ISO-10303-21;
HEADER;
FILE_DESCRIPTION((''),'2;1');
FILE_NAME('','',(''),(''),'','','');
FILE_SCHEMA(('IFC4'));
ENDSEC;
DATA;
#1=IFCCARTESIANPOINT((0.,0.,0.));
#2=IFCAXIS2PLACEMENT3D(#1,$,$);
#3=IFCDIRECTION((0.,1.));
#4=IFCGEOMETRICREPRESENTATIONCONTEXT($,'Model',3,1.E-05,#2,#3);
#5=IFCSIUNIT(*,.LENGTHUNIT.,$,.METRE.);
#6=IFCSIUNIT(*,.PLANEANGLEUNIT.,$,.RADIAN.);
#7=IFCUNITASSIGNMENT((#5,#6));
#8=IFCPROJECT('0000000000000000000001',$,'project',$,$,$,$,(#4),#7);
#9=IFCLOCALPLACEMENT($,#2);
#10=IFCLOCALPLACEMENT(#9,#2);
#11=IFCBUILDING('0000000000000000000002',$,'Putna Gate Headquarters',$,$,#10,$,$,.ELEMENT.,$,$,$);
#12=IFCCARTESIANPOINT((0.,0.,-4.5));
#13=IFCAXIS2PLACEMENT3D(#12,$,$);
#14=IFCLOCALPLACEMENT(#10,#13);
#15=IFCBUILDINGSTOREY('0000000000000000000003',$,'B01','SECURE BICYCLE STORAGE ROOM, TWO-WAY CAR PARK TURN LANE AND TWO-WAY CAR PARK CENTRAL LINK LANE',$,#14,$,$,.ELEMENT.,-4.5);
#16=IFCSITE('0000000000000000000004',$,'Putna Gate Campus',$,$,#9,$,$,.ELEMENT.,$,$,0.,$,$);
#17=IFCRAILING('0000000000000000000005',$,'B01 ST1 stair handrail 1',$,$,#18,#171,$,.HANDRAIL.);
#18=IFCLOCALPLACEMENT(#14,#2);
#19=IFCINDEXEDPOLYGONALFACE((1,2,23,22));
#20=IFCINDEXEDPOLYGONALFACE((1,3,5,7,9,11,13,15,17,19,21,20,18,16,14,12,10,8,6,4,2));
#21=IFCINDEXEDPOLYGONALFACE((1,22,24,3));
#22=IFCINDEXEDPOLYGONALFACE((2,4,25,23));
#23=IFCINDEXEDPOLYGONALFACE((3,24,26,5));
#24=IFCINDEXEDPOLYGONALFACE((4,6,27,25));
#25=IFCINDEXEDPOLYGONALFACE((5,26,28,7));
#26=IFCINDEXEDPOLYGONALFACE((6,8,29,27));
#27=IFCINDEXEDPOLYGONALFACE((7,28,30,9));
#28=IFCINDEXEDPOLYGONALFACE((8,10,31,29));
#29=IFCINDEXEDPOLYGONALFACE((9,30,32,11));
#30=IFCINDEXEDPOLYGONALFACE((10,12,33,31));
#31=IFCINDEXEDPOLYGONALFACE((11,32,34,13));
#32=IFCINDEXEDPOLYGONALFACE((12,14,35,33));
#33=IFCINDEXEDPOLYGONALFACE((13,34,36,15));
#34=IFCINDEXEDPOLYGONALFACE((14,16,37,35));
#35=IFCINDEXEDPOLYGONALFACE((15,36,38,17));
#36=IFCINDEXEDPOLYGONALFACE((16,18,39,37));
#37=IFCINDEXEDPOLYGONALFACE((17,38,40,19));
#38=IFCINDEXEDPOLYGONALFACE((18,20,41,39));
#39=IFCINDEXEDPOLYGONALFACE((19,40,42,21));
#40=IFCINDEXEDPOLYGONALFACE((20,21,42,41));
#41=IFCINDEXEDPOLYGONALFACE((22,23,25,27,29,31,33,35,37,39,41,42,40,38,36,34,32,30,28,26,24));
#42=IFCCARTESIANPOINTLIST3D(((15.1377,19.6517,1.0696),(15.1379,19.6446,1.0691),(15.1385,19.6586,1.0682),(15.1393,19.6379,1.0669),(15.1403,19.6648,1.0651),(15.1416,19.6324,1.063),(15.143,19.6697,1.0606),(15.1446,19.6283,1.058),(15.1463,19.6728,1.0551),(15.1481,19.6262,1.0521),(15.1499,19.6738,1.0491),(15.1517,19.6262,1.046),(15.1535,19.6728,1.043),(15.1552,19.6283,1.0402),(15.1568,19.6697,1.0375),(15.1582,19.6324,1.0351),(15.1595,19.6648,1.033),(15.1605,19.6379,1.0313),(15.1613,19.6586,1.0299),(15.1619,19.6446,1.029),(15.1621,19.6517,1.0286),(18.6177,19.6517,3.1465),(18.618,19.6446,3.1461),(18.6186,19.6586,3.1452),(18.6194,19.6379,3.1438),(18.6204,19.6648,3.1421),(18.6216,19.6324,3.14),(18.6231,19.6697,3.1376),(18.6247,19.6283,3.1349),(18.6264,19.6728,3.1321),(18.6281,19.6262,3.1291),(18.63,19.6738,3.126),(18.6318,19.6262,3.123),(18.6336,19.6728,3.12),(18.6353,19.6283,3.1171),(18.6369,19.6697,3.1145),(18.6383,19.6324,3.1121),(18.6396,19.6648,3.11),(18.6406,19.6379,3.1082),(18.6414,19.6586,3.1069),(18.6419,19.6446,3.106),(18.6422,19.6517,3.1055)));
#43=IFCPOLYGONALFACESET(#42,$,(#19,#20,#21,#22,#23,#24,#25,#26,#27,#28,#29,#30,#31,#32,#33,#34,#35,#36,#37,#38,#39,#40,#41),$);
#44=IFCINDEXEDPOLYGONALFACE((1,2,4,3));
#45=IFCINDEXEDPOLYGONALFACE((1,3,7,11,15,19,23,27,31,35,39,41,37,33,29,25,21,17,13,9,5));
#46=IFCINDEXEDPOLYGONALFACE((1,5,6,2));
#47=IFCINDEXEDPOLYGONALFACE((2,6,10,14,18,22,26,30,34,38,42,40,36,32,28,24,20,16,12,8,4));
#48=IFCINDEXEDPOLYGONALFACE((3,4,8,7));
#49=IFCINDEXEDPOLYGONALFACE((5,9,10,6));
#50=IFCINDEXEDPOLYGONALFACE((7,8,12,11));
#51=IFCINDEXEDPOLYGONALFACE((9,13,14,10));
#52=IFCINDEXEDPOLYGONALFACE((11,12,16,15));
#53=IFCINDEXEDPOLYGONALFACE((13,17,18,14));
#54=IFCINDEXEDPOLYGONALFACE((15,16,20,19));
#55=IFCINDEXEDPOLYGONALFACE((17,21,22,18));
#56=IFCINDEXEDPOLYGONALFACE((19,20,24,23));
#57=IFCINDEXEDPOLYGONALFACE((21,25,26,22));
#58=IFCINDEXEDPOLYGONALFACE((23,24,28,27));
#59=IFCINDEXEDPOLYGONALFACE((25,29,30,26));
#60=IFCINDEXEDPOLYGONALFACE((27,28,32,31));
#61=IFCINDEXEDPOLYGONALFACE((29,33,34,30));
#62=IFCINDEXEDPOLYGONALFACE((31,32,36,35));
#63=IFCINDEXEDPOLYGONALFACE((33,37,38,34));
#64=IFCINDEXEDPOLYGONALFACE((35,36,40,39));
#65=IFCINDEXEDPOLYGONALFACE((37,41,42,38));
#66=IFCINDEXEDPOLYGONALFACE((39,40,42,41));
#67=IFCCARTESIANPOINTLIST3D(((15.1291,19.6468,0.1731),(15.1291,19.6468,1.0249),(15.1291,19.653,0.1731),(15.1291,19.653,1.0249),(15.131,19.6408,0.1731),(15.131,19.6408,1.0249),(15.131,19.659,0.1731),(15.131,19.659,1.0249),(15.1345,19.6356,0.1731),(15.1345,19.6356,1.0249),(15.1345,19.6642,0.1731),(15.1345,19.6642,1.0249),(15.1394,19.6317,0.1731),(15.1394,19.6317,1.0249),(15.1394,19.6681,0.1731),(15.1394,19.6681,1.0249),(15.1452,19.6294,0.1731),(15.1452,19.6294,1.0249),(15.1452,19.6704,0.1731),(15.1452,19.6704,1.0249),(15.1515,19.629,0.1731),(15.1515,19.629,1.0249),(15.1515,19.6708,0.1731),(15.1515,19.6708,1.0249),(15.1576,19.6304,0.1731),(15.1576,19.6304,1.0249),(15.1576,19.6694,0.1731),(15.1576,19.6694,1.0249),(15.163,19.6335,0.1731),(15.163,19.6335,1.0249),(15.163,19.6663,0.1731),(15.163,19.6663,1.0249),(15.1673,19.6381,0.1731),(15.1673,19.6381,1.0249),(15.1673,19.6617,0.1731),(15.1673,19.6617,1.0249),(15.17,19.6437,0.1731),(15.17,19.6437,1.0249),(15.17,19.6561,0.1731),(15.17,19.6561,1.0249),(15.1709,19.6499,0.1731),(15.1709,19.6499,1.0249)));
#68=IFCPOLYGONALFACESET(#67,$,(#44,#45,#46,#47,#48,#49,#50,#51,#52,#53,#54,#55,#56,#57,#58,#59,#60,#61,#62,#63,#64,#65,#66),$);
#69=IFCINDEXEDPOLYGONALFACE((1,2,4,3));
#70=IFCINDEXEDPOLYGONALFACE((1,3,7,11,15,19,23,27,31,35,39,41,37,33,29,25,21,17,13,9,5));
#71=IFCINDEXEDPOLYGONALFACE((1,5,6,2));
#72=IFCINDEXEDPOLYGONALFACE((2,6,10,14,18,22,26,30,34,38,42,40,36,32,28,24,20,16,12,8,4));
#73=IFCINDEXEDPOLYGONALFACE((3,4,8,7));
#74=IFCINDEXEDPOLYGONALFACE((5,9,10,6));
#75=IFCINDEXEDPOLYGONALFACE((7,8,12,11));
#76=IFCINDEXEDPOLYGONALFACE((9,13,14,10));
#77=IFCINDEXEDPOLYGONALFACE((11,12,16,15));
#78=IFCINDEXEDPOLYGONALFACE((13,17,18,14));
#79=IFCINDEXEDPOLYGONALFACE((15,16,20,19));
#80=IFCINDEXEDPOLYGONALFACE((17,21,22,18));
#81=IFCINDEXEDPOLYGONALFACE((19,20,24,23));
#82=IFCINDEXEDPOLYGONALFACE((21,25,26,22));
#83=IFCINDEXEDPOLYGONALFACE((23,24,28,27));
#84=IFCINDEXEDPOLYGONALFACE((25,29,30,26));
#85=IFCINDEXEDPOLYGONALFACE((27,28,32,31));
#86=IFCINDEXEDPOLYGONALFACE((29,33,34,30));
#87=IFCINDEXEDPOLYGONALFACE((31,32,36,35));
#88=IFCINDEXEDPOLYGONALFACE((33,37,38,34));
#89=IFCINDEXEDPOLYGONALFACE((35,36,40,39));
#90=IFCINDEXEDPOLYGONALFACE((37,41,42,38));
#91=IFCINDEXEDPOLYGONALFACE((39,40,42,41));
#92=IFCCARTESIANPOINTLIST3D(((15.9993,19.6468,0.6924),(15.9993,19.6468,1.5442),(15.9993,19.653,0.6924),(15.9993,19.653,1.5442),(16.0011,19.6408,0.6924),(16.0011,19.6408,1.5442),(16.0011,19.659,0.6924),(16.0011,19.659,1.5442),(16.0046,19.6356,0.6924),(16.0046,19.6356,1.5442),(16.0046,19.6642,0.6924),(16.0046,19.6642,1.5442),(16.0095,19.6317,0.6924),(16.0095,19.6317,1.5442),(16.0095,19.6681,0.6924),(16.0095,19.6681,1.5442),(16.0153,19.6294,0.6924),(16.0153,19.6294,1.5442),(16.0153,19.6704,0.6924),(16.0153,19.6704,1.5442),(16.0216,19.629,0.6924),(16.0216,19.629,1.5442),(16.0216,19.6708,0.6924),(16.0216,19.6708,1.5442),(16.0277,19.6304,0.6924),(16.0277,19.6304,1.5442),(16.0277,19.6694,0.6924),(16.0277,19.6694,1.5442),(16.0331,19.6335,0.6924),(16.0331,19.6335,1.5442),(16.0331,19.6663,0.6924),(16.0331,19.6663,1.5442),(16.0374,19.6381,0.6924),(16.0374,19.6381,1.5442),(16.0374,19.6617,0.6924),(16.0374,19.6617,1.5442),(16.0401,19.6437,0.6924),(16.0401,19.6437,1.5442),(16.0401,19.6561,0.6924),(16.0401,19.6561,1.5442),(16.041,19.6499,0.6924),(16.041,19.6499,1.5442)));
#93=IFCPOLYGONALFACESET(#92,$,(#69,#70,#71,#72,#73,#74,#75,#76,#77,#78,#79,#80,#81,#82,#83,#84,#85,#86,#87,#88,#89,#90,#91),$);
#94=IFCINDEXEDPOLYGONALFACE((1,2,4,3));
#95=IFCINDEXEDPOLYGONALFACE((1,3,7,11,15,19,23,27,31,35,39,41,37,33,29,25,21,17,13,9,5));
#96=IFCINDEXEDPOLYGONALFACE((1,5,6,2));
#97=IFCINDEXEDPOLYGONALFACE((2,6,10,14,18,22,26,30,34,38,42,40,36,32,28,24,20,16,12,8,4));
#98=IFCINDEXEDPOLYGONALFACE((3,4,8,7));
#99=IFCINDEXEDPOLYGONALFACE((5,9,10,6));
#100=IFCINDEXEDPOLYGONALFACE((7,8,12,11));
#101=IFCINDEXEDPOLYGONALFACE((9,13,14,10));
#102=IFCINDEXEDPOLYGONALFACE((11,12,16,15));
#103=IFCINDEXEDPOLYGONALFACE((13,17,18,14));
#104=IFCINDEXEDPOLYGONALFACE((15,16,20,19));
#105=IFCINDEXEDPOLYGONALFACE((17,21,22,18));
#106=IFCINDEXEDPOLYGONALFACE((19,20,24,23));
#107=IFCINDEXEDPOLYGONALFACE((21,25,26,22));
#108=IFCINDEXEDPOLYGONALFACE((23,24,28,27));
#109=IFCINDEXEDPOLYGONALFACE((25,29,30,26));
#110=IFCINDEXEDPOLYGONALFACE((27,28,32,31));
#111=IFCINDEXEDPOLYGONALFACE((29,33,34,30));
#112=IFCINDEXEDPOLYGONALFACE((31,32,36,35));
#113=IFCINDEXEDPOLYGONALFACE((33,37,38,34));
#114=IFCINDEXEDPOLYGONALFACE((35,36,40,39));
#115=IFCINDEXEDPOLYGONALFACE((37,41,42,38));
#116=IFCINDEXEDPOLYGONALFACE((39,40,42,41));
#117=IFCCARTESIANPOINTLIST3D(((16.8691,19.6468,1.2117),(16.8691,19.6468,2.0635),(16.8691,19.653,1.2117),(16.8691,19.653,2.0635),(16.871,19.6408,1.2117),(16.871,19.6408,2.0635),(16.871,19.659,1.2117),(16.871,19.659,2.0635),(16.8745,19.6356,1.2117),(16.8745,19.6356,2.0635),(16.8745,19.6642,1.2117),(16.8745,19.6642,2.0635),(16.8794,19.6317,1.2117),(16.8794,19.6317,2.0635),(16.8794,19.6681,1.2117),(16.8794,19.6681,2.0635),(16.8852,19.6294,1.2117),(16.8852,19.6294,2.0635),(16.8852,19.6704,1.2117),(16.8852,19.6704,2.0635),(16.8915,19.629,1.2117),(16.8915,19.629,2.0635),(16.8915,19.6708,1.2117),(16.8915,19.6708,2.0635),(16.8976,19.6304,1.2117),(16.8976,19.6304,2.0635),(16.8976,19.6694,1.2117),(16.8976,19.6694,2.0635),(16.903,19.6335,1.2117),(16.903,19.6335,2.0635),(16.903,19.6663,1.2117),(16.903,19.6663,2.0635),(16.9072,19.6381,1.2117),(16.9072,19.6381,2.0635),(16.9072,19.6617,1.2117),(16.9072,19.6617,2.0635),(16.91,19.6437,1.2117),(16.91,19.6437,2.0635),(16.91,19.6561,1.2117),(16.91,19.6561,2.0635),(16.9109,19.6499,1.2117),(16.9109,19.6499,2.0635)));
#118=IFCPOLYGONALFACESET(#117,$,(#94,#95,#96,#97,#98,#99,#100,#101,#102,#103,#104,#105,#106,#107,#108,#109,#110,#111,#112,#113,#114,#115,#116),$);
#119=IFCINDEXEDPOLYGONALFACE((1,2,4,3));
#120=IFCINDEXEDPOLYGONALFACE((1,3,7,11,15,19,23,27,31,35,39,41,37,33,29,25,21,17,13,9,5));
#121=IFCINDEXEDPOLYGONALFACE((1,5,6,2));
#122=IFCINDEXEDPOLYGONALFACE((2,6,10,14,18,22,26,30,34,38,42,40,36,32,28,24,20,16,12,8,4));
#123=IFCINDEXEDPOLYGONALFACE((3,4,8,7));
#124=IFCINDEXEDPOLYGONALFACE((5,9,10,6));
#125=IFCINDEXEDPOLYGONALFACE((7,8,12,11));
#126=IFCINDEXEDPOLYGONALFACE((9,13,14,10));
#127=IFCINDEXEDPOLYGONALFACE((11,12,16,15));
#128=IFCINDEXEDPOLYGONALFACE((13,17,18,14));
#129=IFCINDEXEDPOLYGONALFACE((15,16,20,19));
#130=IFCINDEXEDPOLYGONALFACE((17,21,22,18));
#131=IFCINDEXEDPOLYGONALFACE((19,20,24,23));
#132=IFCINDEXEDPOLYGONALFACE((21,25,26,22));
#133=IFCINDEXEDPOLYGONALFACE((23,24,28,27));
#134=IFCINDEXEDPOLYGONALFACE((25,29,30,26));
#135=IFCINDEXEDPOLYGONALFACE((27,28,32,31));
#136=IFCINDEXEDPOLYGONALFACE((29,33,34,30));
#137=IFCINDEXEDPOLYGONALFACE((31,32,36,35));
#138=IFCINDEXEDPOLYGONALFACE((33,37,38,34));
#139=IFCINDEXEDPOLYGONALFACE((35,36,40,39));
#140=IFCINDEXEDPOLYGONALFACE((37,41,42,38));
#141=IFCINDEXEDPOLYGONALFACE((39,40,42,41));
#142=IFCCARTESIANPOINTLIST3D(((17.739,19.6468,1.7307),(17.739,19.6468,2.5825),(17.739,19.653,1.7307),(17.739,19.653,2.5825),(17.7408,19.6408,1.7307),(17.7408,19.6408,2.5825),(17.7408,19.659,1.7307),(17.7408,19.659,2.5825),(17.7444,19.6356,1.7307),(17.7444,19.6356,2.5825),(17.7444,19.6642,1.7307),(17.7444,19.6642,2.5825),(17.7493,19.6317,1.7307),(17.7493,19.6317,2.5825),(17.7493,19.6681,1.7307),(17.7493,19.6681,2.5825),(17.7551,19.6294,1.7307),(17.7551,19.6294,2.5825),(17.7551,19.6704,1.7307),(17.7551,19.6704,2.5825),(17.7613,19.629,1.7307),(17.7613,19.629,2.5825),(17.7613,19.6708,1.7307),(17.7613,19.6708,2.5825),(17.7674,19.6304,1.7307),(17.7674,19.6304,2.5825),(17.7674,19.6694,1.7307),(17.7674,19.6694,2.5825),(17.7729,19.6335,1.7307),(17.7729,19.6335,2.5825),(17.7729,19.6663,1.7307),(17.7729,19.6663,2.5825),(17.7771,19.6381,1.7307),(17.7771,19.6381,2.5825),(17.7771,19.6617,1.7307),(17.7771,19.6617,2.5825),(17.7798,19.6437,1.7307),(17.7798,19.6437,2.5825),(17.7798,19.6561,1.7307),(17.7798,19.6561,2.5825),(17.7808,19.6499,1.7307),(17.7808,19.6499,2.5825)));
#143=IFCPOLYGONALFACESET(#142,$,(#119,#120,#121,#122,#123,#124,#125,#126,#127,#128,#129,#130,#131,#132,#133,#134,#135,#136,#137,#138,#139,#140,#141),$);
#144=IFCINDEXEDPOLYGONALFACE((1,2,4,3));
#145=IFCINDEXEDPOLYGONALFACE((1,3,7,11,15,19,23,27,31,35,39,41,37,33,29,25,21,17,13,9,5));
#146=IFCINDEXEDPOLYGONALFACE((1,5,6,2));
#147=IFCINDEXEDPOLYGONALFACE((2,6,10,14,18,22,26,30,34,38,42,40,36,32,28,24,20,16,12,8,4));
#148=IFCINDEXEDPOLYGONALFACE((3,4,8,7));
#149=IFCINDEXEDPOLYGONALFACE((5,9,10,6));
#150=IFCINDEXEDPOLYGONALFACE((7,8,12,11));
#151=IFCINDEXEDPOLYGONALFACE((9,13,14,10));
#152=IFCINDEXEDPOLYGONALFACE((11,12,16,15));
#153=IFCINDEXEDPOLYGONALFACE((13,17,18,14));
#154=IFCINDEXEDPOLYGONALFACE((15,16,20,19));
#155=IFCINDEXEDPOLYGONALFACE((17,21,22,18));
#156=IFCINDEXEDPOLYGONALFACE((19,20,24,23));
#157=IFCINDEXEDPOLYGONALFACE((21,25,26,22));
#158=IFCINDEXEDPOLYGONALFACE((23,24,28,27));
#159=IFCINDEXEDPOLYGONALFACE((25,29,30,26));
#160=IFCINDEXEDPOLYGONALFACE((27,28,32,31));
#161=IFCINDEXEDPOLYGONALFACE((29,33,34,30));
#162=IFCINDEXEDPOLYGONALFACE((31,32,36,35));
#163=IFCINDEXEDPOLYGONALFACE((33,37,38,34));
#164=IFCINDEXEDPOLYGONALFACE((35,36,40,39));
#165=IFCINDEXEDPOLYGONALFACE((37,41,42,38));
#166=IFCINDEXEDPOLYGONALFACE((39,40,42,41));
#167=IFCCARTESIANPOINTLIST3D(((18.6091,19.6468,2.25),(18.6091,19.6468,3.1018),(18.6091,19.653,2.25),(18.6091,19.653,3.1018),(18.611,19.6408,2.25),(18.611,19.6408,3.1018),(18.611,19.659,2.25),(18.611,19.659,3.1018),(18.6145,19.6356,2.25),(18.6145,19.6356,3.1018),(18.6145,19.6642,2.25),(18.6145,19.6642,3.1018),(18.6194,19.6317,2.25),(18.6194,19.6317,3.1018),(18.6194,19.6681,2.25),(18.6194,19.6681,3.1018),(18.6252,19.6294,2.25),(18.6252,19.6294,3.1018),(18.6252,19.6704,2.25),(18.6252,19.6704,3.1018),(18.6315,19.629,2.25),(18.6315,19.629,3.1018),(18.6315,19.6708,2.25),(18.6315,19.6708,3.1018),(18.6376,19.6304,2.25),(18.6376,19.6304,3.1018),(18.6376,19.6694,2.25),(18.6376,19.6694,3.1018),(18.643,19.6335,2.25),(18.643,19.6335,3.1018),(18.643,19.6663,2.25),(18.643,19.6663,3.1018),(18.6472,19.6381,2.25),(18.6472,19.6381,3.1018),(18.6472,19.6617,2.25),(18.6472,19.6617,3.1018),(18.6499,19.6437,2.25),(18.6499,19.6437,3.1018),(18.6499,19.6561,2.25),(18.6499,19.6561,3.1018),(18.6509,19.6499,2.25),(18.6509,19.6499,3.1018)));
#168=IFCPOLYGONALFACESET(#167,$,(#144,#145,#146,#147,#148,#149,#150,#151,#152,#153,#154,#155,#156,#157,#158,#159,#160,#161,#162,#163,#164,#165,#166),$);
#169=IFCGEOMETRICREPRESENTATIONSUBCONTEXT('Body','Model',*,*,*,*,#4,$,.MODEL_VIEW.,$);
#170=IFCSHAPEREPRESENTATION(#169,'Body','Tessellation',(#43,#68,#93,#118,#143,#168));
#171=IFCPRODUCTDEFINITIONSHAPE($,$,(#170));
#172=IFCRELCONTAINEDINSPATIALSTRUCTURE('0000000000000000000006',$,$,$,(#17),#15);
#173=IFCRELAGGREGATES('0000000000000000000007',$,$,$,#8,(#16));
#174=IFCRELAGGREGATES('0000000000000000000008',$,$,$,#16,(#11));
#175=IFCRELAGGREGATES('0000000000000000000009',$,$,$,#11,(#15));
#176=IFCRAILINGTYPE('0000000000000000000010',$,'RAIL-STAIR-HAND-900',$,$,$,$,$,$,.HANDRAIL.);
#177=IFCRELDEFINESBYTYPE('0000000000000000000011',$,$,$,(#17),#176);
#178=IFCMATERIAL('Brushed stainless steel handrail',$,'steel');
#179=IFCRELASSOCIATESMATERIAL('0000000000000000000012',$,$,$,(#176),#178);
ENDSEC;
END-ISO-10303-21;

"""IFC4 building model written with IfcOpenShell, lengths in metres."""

from ifc_helpers import new_model, si_unit, direction, frame, origin, origin_2d, place, context, subcontext, project, spatial, circle, extrude, material, type_object, element, save


model = new_model("IFC4")

# Units and contexts
model_context = context("Model", 3, precision=1e-05, world=origin(), true_north=direction((0.0, 1.0)))
body_context = subcontext(model_context, "Body", "Model", "MODEL_VIEW")
ifc_project = project(units=[si_unit("LENGTHUNIT", "METRE"), si_unit("PLANEANGLEUNIT", "RADIAN")], contexts=[model_context])

# Site, building, storey
site_placement = place(None, origin())
site = spatial("IfcSite", under=ifc_project, at=site_placement, Name="Putna Gate Campus", CompositionType="ELEMENT", RefElevation=0.0)
building_placement = place(site_placement, origin())
building = spatial("IfcBuilding", under=site, at=building_placement, Name="Putna Gate Headquarters", CompositionType="ELEMENT")
storey_placement = place(building_placement, frame((0.0, 0.0, -4.5)))
storey = spatial("IfcBuildingStorey", under=building, at=storey_placement, Name="B01", Description="SECURE BICYCLE STORAGE ROOM, TWO-WAY CAR PARK TURN LANE AND TWO-WAY CAR PARK CENTRAL LINK LANE", CompositionType="ELEMENT", Elevation=-4.5)

# Railing
ifc_material_1 = material(Name="Brushed stainless steel handrail", Category="steel")
railing_type = type_object("IfcRailingType", Name="RAIL-STAIR-HAND-900", PredefinedType="HANDRAIL", material=ifc_material_1)
railing_placement = place(storey_placement, frame((15.1499, 19.6499, 0.1731)))
element("IfcRailing", 1, at=railing_placement, inside=storey, type_object=railing_type, Name="B01 ST1 stair handrail 1", PredefinedType="HANDRAIL", context=body_context, shape_type="SweptSolid", body=[
    extrude(circle(Radius=0.0239, at=origin_2d()), frame((0.0, 0.0, 0.876), z_axis=(0.858697, 0.0, 0.512483), x_axis=(0.0, 1.0, 0.0)), (0.0, 0.0, 1.0), 4.0527),
    extrude(circle(Radius=0.021, at=origin_2d()), origin(), (0.0, 0.0, 1.0), 0.8518),
    extrude(circle(Radius=0.021, at=origin_2d()), frame((0.8701, 0.0, 0.5193)), (0.0, 0.0, 1.0), 0.8518),
    extrude(circle(Radius=0.021, at=origin_2d()), frame((1.74, 0.0, 1.0386)), (0.0, 0.0, 1.0), 0.8518),
    extrude(circle(Radius=0.021, at=origin_2d()), frame((2.6099, 0.0, 1.5576)), (0.0, 0.0, 1.0), 0.8518),
    extrude(circle(Radius=0.021, at=origin_2d()), frame((3.48, 0.0, 2.0769)), (0.0, 0.0, 1.0), 0.8518),
])

save(model, "model.ifc")
